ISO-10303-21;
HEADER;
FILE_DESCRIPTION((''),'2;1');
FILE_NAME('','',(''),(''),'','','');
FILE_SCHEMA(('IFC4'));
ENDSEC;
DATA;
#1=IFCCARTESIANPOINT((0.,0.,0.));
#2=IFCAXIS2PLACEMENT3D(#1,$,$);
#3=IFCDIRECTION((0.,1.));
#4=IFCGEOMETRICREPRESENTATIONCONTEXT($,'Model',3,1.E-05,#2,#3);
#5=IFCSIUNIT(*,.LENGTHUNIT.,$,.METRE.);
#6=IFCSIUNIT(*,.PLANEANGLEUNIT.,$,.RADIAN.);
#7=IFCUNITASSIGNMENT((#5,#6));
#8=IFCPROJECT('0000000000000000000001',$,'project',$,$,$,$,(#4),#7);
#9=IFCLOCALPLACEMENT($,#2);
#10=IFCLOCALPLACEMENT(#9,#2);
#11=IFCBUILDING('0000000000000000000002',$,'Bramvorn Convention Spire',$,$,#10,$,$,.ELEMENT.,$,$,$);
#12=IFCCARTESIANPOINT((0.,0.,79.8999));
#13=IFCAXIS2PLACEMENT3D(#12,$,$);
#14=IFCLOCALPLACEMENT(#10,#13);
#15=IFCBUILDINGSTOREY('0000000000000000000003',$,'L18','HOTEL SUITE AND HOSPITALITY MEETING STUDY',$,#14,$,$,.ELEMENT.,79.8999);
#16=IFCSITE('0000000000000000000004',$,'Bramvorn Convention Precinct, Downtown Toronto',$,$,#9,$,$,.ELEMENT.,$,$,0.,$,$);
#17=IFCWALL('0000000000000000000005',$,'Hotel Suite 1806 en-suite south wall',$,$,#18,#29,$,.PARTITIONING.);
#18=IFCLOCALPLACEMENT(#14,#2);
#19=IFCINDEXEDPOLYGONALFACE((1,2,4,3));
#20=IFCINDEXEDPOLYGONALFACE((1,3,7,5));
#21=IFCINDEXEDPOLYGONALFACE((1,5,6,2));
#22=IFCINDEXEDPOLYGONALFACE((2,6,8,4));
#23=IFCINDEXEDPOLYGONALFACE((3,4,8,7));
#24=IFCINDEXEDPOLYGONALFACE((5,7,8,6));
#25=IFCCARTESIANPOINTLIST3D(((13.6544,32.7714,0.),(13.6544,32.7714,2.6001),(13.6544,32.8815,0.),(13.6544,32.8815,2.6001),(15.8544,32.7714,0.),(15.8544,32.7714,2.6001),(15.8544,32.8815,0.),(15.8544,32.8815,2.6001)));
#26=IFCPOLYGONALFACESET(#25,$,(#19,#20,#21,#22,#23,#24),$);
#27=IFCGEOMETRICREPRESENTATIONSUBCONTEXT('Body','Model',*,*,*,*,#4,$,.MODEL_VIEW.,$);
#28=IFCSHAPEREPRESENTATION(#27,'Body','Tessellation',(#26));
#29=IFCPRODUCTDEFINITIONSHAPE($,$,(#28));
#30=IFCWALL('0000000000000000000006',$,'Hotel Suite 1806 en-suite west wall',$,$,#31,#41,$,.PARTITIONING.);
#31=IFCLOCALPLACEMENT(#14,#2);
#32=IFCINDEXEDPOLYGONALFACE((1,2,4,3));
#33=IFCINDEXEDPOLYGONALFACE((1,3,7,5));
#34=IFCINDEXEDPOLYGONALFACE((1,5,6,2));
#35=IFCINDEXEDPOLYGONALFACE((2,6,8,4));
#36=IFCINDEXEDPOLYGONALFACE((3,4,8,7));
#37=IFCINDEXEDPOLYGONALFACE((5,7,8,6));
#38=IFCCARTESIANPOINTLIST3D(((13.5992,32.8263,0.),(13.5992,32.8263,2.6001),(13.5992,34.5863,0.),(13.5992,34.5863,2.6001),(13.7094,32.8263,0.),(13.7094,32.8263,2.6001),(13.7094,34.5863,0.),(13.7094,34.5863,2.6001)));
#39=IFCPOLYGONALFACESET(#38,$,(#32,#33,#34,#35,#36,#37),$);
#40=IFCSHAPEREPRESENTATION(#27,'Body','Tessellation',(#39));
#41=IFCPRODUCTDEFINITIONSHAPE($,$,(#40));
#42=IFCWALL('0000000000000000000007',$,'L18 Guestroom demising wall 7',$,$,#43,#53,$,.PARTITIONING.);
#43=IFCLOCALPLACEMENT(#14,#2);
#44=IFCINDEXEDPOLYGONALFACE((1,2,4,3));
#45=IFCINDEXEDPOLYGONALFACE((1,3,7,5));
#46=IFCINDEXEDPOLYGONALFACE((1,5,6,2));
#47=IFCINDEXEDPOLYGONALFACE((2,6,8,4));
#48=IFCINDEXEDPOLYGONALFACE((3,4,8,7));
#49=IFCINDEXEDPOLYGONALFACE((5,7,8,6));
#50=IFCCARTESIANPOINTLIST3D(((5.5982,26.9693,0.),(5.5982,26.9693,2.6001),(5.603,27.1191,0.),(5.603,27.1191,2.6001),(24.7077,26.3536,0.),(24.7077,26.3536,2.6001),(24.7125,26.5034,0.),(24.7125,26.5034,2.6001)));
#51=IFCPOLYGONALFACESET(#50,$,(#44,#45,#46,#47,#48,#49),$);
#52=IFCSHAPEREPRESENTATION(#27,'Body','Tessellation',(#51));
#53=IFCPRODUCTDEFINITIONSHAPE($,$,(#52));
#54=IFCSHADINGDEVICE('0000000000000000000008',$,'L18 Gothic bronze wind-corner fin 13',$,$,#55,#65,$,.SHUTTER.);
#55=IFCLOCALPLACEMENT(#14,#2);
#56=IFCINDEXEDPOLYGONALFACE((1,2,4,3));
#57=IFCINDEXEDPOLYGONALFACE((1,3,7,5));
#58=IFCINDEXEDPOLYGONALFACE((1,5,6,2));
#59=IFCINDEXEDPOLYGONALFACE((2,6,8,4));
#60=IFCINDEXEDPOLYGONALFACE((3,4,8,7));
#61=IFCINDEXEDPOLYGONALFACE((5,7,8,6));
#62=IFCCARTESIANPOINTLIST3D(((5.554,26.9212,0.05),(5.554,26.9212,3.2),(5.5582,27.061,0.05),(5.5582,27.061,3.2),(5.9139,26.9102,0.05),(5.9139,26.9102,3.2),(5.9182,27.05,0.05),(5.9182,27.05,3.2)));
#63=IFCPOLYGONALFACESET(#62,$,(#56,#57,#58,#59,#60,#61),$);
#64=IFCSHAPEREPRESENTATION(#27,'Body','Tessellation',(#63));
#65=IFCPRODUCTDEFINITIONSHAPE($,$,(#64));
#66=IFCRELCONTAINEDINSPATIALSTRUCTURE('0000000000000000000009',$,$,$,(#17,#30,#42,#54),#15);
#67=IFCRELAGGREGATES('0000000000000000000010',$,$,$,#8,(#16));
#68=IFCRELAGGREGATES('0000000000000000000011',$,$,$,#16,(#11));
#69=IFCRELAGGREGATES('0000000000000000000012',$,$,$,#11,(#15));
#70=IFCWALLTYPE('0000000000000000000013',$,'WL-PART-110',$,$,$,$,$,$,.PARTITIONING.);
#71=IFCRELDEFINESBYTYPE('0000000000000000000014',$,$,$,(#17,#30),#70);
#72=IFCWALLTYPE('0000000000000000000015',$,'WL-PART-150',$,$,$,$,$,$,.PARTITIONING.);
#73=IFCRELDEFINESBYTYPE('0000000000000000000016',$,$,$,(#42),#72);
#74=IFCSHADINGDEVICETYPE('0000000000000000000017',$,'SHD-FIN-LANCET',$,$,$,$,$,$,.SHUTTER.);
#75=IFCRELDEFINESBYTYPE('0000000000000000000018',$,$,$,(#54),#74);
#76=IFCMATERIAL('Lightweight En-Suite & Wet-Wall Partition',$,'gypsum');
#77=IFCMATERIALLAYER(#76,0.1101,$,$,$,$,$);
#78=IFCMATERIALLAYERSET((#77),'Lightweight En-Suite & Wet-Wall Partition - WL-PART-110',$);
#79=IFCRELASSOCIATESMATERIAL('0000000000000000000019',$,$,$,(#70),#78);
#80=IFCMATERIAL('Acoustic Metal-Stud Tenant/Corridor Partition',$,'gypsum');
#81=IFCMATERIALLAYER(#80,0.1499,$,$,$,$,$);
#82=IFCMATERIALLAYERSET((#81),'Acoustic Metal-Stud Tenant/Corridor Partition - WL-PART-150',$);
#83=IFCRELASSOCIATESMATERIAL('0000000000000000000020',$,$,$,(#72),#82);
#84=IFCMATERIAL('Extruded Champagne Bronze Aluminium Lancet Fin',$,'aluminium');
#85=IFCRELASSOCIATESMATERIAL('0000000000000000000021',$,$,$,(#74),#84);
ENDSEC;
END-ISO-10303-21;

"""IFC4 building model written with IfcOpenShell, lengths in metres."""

from ifc_helpers import new_model, si_unit, direction, frame, frame_2d, origin, origin_2d, place, context, subcontext, project, spatial, rectangle, extrude, material, layer, layer_set, type_object, element, save


model = new_model("IFC4")

# Units and contexts
model_context = context("Model", 3, precision=1e-05, world=origin(), true_north=direction((0.0, 1.0)))
body_context = subcontext(model_context, "Body", "Model", "MODEL_VIEW")
ifc_project = project(units=[si_unit("LENGTHUNIT", "METRE"), si_unit("PLANEANGLEUNIT", "RADIAN")], contexts=[model_context])

# Site, building, storey
site_placement = place(None, origin())
site = spatial("IfcSite", under=ifc_project, at=site_placement, Name="Bramvorn Convention Precinct, Downtown Toronto", CompositionType="ELEMENT", RefElevation=0.0)
building_placement = place(site_placement, origin())
building = spatial("IfcBuilding", under=site, at=building_placement, Name="Bramvorn Convention Spire", CompositionType="ELEMENT")
storey_placement = place(building_placement, frame((0.0, 0.0, 79.8999)))
storey = spatial("IfcBuildingStorey", under=building, at=storey_placement, Name="L18", Description="HOTEL SUITE AND HOSPITALITY MEETING STUDY", CompositionType="ELEMENT", Elevation=79.8999)

# Walls
ifc_material_1 = material(Name="Lightweight En-Suite & Wet-Wall Partition", Category="gypsum")
ifc_layer_1 = layer(ifc_material_1, 0.1101)
ifc_layer_set_1 = layer_set([ifc_layer_1], Name="Lightweight En-Suite & Wet-Wall Partition - WL-PART-110")
wall_type_1 = type_object("IfcWallType", Name="WL-PART-110", PredefinedType="PARTITIONING", material=ifc_layer_set_1)
wall_1_placement = place(storey_placement, frame((13.6543, 32.8264, 0.0), z_axis=(0.0, 0.0, 1.0), x_axis=(1.0, 0.0, 0.0)))
element("IfcWall", 1, at=wall_1_placement, inside=storey, type_object=wall_type_1, Name="Hotel Suite 1806 en-suite south wall", PredefinedType="PARTITIONING", context=body_context, shape_type="SweptSolid", body=[
    extrude(rectangle(XDim=2.2, YDim=0.1101, at=frame_2d((1.1001, 0.0))), origin(), (0.0, 0.0, 1.0), 2.6001),
])
wall_2_placement = place(storey_placement, frame((13.6543, 32.8264, 0.0), z_axis=(0.0, 0.0, 1.0), x_axis=(0.0, 1.0, 0.0)))
element("IfcWall", 2, at=wall_2_placement, inside=storey, type_object=wall_type_1, Name="Hotel Suite 1806 en-suite west wall", PredefinedType="PARTITIONING", context=body_context, shape_type="SweptSolid", body=[
    extrude(rectangle(XDim=1.76, YDim=0.1101, at=frame_2d((0.8799, 0.0))), origin(), (0.0, 0.0, 1.0), 2.6001),
])
ifc_material_2 = material(Name="Acoustic Metal-Stud Tenant/Corridor Partition", Category="gypsum")
ifc_layer_2 = layer(ifc_material_2, 0.1499)
ifc_layer_set_2 = layer_set([ifc_layer_2], Name="Acoustic Metal-Stud Tenant/Corridor Partition - WL-PART-150")
wall_type_2 = type_object("IfcWallType", Name="WL-PART-150", PredefinedType="PARTITIONING", material=ifc_layer_set_2)
wall_3_placement = place(storey_placement, frame((24.71, 26.4285, 0.0), z_axis=(0.0, 0.0, 1.0), x_axis=(-0.999481, 0.032204, 0.0)))
element("IfcWall", 3, at=wall_3_placement, inside=storey, type_object=wall_type_2, Name="L18 Guestroom demising wall 7", PredefinedType="PARTITIONING", context=body_context, shape_type="SweptSolid", body=[
    extrude(rectangle(XDim=19.1194, YDim=0.1499, at=frame_2d((9.5596, 0.0))), origin(), (0.0, 0.0, 1.0), 2.6001),
])

# Shading device
ifc_material_3 = material(Name="Extruded Champagne Bronze Aluminium Lancet Fin", Category="aluminium")
shading_device_type = type_object("IfcShadingDeviceType", Name="SHD-FIN-LANCET", PredefinedType="SHUTTER", material=ifc_material_3)
shading_device_placement = place(storey_placement, frame((5.7361, 26.9856, 0.05), z_axis=(0.0, 0.0, 1.0), x_axis=(-0.999534, 0.03053, 0.0)))
element("IfcShadingDevice", 4, at=shading_device_placement, inside=storey, type_object=shading_device_type, Name="L18 Gothic bronze wind-corner fin 13", PredefinedType="SHUTTER", context=body_context, shape_type="SweptSolid", body=[
    extrude(rectangle(XDim=0.3601, YDim=0.1399, at=origin_2d()), origin(), (0.0, 0.0, 1.0), 3.1499),
])

save(model, "model.ifc")
